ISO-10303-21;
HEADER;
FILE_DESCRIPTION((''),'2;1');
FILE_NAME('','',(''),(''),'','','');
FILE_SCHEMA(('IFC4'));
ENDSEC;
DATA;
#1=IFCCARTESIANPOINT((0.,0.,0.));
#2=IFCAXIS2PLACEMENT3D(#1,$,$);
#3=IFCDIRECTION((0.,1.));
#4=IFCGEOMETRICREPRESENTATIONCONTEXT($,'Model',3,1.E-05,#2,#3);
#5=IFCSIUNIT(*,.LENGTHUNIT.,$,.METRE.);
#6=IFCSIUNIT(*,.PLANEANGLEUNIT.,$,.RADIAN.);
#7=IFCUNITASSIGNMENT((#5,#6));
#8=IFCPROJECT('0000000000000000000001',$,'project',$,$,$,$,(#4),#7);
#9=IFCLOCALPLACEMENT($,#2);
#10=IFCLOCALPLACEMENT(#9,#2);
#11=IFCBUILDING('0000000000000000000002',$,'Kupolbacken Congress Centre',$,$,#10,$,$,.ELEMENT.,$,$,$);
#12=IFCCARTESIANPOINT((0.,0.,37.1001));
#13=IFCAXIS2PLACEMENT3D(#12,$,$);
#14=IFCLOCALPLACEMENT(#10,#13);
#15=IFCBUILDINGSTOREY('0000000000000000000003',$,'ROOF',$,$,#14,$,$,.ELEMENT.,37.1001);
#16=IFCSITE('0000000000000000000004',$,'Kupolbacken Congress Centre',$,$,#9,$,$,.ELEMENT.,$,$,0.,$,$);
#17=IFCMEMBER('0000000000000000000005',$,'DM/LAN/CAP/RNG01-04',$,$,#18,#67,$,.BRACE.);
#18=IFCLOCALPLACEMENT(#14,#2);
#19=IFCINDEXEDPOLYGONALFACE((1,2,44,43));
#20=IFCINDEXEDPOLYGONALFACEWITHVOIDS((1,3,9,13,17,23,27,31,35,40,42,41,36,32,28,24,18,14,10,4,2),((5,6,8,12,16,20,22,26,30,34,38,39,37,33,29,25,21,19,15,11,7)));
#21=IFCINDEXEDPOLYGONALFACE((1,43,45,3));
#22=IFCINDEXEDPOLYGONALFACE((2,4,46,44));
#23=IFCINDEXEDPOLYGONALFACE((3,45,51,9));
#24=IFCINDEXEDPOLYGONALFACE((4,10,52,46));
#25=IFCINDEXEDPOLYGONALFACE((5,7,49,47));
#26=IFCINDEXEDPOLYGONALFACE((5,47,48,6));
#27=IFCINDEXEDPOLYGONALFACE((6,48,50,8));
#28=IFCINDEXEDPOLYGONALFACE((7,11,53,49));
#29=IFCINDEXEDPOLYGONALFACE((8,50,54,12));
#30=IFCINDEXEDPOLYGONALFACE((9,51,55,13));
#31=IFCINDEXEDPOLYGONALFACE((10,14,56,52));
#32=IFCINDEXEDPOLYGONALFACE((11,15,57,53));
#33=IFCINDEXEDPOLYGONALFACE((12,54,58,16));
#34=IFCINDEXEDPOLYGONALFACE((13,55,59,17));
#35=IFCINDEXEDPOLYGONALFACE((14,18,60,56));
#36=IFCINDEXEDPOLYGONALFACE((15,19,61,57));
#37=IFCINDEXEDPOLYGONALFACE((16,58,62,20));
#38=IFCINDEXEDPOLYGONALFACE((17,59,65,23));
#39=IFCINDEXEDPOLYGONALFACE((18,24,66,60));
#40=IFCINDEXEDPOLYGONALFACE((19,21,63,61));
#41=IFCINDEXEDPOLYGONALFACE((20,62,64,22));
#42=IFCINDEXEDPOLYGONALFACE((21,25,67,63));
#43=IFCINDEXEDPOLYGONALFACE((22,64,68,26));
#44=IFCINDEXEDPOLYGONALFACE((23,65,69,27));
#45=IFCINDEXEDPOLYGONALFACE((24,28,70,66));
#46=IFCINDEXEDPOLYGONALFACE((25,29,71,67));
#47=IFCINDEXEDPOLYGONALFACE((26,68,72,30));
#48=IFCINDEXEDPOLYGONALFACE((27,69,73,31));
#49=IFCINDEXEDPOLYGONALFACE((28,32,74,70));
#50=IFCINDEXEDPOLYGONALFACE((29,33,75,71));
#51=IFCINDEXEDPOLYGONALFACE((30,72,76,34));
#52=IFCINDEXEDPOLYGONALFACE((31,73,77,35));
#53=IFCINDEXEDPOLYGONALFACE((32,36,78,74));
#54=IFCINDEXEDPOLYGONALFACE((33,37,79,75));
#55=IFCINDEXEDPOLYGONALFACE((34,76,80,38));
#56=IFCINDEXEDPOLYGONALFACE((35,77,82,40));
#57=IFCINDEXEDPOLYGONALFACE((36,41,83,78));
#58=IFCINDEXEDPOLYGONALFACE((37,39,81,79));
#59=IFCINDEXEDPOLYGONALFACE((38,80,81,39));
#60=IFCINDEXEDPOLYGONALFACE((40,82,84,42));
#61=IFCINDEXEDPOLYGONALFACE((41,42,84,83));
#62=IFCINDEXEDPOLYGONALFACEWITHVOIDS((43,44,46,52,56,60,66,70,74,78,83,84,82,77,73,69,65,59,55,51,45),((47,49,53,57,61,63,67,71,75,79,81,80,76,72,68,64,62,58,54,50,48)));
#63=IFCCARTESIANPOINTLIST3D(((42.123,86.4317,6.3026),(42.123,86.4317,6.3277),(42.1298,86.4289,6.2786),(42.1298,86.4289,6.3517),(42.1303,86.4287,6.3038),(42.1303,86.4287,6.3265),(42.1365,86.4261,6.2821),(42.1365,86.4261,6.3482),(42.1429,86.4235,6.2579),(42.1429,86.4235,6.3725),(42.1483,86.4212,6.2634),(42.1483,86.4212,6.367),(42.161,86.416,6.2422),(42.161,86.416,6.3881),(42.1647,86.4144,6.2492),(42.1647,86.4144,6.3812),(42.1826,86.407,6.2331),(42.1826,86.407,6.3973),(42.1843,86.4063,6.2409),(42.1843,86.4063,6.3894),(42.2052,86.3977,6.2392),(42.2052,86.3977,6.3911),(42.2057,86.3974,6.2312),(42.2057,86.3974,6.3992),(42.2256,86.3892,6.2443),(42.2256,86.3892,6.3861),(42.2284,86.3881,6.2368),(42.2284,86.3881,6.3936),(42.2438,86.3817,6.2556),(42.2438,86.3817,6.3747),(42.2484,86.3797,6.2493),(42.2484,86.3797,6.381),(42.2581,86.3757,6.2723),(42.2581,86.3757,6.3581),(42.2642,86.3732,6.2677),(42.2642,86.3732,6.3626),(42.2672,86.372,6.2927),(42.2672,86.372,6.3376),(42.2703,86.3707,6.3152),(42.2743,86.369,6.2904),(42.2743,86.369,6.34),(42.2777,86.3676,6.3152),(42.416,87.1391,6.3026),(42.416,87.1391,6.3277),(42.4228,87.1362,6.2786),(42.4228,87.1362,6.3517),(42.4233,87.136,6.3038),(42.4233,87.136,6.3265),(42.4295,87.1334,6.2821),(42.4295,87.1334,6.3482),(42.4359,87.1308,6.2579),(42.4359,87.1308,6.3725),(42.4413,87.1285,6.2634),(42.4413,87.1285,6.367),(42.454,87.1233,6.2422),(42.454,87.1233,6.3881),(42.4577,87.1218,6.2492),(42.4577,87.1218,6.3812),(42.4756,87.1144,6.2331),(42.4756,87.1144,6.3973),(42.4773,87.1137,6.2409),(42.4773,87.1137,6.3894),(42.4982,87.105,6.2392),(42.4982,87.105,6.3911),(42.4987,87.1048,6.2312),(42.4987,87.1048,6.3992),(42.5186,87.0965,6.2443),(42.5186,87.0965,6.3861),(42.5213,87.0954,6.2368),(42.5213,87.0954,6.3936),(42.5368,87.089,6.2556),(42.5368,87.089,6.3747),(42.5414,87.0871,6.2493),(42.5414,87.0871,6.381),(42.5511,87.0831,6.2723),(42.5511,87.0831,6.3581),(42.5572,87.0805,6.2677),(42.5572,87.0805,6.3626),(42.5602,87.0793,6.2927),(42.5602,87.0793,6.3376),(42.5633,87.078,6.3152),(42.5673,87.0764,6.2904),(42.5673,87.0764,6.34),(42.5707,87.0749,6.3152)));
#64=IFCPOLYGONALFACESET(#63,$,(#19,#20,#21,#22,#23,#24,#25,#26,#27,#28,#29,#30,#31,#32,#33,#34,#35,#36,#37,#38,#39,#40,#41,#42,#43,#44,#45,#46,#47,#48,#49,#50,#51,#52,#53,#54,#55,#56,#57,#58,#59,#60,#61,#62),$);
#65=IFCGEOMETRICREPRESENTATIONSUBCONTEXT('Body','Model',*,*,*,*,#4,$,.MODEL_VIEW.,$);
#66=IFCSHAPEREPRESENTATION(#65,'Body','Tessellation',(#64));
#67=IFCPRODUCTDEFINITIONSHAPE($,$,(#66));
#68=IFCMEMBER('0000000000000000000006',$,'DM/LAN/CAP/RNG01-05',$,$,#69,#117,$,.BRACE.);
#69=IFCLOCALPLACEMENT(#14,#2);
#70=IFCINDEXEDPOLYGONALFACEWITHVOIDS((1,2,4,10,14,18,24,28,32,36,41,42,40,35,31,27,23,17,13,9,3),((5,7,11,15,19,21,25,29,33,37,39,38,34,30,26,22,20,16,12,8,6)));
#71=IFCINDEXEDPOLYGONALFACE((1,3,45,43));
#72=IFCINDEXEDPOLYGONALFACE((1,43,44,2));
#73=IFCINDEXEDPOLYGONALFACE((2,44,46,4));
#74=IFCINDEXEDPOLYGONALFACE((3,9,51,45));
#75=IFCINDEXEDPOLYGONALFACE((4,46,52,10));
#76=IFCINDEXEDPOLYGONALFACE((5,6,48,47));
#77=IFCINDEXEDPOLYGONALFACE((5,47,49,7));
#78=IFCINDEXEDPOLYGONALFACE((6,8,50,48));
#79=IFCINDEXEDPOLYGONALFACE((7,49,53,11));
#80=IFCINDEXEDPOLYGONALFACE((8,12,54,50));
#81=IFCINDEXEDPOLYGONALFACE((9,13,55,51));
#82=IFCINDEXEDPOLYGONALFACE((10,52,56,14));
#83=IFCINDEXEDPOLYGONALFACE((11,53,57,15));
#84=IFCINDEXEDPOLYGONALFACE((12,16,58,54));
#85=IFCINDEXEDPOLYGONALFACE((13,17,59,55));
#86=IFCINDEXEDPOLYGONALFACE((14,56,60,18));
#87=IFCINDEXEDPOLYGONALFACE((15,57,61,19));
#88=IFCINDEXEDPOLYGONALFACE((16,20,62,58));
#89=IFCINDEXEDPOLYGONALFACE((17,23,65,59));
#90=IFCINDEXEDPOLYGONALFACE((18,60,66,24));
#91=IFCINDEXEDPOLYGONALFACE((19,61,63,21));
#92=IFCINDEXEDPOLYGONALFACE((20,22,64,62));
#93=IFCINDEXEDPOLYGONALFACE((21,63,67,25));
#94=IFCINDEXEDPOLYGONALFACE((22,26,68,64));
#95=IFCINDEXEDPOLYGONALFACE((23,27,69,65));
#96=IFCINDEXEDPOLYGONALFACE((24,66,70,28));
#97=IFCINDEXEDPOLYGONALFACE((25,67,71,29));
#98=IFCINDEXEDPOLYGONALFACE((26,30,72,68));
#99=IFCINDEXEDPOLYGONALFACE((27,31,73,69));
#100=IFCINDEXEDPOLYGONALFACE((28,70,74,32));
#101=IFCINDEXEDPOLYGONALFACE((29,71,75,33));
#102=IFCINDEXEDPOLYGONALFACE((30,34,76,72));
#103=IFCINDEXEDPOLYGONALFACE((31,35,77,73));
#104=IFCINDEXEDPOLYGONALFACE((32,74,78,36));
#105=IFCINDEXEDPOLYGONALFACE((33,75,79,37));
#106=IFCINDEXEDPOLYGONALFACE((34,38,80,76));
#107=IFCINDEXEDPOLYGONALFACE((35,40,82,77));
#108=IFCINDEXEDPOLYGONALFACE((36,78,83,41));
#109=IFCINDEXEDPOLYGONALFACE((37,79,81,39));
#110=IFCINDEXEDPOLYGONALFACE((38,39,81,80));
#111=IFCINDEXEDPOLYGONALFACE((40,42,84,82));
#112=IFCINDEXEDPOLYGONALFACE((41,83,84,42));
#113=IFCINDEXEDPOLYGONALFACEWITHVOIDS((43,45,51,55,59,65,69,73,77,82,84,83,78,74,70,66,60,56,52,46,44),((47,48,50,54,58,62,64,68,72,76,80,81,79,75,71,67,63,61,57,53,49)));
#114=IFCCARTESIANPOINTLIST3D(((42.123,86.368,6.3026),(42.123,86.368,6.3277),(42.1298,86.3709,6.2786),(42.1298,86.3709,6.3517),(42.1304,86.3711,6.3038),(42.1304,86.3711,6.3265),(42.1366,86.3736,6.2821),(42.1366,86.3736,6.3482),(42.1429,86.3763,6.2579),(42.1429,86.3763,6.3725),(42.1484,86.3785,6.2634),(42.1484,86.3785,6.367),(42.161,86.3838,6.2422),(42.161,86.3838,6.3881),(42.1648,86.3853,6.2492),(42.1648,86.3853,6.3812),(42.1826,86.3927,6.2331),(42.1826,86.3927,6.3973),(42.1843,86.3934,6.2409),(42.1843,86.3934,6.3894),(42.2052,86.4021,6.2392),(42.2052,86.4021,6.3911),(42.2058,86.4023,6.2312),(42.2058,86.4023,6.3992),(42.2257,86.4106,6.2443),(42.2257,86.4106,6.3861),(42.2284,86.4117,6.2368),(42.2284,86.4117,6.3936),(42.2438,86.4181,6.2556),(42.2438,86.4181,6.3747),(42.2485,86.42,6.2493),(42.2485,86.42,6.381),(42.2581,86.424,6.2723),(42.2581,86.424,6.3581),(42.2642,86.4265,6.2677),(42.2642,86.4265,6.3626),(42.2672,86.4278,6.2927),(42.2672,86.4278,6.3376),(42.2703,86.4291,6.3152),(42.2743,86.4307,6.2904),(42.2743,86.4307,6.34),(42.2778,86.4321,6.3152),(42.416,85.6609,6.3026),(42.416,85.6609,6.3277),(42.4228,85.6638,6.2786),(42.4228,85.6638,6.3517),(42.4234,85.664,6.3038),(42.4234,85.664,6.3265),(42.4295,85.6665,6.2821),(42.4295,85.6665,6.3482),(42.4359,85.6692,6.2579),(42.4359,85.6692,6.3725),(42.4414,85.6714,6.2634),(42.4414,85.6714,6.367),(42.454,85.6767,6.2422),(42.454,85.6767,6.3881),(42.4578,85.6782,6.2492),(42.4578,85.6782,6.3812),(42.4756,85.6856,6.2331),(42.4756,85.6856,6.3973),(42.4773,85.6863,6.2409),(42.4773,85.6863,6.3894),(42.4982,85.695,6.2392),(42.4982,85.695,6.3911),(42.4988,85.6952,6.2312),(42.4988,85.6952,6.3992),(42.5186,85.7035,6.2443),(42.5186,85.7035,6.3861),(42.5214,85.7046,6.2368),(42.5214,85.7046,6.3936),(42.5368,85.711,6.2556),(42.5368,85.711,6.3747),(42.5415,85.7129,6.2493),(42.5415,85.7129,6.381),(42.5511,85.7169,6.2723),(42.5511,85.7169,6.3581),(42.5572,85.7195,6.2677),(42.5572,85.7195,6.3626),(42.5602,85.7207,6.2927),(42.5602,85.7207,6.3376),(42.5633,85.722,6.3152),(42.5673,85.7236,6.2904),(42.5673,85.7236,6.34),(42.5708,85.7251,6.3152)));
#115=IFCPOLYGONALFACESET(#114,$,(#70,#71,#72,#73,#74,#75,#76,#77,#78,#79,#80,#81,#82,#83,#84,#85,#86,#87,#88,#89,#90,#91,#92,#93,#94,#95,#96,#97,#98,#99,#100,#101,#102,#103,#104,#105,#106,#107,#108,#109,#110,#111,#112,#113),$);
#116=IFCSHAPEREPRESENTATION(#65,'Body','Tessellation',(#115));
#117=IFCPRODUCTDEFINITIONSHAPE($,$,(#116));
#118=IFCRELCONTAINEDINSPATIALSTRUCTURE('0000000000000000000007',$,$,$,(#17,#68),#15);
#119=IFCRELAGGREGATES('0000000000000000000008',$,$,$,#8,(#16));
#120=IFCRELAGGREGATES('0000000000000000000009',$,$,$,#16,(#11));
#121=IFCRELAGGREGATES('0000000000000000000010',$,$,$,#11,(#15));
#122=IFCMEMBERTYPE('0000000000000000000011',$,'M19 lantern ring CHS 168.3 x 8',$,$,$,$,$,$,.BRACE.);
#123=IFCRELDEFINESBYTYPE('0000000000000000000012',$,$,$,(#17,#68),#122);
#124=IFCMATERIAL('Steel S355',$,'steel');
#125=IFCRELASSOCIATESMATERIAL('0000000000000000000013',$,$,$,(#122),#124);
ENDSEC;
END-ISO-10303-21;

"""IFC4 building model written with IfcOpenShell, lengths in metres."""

from ifc_helpers import new_model, si_unit, direction, frame, origin, origin_2d, place, context, subcontext, project, spatial, hollow_circle, extrude, material, material_profile, profile_set, type_object, element, save


model = new_model("IFC4")

# Units and contexts
model_context = context("Model", 3, precision=1e-05, world=origin(), true_north=direction((0.0, 1.0)))
body_context = subcontext(model_context, "Body", "Model", "MODEL_VIEW")
ifc_project = project(units=[si_unit("LENGTHUNIT", "METRE"), si_unit("PLANEANGLEUNIT", "RADIAN")], contexts=[model_context])

# Site, building, storey
site_placement = place(None, origin())
site = spatial("IfcSite", under=ifc_project, at=site_placement, Name="Kupolbacken Congress Centre", CompositionType="ELEMENT", RefElevation=0.0)
building_placement = place(site_placement, origin())
building = spatial("IfcBuilding", under=site, at=building_placement, Name="Kupolbacken Congress Centre", CompositionType="ELEMENT")
storey_placement = place(building_placement, frame((0.0, 0.0, 37.1001)))
storey = spatial("IfcBuildingStorey", under=building, at=storey_placement, Name="ROOF", CompositionType="ELEMENT", Elevation=37.1001)

# Members
ifc_material_1 = material(Name="Steel S355", Category="steel")
ifc_material_profile_1 = material_profile(ifc_material_1, hollow_circle(Radius=0.0842, WallThickness=0.0081, at=origin_2d()), Name="CHS 168.3 x 8")
ifc_profile_set_1 = profile_set([ifc_material_profile_1], Name="Steel S355")
member_type_1 = type_object("IfcMemberType", Name="M19 lantern ring CHS 168.3 x 8", PredefinedType="BRACE", material=ifc_profile_set_1)
member_1_placement = place(storey_placement, frame((42.4929, 87.1072, 6.3152), z_axis=(-0.38269, -0.923877, 0.0), x_axis=(0.923877, -0.38269, 0.0)))
element("IfcMember", 1, at=member_1_placement, inside=storey, type_object=member_type_1, Name="DM/LAN/CAP/RNG01-04", PredefinedType="BRACE", context=body_context, shape_type="SweptSolid", body=[
    extrude(hollow_circle(Radius=0.0842, WallThickness=0.0081, at=origin_2d()), origin(), (0.0, 0.0, 1.0), 0.7656),
])
member_2_placement = place(storey_placement, frame((42.2, 86.3999, 6.3152), z_axis=(0.382803, -0.92383, 0.0), x_axis=(0.92383, 0.382803, 0.0)))
element("IfcMember", 2, at=member_2_placement, inside=storey, type_object=member_type_1, Name="DM/LAN/CAP/RNG01-05", PredefinedType="BRACE", context=body_context, shape_type="SweptSolid", body=[
    extrude(hollow_circle(Radius=0.0842, WallThickness=0.0081, at=origin_2d()), origin(), (0.0, 0.0, 1.0), 0.7654),
])

save(model, "model.ifc")
